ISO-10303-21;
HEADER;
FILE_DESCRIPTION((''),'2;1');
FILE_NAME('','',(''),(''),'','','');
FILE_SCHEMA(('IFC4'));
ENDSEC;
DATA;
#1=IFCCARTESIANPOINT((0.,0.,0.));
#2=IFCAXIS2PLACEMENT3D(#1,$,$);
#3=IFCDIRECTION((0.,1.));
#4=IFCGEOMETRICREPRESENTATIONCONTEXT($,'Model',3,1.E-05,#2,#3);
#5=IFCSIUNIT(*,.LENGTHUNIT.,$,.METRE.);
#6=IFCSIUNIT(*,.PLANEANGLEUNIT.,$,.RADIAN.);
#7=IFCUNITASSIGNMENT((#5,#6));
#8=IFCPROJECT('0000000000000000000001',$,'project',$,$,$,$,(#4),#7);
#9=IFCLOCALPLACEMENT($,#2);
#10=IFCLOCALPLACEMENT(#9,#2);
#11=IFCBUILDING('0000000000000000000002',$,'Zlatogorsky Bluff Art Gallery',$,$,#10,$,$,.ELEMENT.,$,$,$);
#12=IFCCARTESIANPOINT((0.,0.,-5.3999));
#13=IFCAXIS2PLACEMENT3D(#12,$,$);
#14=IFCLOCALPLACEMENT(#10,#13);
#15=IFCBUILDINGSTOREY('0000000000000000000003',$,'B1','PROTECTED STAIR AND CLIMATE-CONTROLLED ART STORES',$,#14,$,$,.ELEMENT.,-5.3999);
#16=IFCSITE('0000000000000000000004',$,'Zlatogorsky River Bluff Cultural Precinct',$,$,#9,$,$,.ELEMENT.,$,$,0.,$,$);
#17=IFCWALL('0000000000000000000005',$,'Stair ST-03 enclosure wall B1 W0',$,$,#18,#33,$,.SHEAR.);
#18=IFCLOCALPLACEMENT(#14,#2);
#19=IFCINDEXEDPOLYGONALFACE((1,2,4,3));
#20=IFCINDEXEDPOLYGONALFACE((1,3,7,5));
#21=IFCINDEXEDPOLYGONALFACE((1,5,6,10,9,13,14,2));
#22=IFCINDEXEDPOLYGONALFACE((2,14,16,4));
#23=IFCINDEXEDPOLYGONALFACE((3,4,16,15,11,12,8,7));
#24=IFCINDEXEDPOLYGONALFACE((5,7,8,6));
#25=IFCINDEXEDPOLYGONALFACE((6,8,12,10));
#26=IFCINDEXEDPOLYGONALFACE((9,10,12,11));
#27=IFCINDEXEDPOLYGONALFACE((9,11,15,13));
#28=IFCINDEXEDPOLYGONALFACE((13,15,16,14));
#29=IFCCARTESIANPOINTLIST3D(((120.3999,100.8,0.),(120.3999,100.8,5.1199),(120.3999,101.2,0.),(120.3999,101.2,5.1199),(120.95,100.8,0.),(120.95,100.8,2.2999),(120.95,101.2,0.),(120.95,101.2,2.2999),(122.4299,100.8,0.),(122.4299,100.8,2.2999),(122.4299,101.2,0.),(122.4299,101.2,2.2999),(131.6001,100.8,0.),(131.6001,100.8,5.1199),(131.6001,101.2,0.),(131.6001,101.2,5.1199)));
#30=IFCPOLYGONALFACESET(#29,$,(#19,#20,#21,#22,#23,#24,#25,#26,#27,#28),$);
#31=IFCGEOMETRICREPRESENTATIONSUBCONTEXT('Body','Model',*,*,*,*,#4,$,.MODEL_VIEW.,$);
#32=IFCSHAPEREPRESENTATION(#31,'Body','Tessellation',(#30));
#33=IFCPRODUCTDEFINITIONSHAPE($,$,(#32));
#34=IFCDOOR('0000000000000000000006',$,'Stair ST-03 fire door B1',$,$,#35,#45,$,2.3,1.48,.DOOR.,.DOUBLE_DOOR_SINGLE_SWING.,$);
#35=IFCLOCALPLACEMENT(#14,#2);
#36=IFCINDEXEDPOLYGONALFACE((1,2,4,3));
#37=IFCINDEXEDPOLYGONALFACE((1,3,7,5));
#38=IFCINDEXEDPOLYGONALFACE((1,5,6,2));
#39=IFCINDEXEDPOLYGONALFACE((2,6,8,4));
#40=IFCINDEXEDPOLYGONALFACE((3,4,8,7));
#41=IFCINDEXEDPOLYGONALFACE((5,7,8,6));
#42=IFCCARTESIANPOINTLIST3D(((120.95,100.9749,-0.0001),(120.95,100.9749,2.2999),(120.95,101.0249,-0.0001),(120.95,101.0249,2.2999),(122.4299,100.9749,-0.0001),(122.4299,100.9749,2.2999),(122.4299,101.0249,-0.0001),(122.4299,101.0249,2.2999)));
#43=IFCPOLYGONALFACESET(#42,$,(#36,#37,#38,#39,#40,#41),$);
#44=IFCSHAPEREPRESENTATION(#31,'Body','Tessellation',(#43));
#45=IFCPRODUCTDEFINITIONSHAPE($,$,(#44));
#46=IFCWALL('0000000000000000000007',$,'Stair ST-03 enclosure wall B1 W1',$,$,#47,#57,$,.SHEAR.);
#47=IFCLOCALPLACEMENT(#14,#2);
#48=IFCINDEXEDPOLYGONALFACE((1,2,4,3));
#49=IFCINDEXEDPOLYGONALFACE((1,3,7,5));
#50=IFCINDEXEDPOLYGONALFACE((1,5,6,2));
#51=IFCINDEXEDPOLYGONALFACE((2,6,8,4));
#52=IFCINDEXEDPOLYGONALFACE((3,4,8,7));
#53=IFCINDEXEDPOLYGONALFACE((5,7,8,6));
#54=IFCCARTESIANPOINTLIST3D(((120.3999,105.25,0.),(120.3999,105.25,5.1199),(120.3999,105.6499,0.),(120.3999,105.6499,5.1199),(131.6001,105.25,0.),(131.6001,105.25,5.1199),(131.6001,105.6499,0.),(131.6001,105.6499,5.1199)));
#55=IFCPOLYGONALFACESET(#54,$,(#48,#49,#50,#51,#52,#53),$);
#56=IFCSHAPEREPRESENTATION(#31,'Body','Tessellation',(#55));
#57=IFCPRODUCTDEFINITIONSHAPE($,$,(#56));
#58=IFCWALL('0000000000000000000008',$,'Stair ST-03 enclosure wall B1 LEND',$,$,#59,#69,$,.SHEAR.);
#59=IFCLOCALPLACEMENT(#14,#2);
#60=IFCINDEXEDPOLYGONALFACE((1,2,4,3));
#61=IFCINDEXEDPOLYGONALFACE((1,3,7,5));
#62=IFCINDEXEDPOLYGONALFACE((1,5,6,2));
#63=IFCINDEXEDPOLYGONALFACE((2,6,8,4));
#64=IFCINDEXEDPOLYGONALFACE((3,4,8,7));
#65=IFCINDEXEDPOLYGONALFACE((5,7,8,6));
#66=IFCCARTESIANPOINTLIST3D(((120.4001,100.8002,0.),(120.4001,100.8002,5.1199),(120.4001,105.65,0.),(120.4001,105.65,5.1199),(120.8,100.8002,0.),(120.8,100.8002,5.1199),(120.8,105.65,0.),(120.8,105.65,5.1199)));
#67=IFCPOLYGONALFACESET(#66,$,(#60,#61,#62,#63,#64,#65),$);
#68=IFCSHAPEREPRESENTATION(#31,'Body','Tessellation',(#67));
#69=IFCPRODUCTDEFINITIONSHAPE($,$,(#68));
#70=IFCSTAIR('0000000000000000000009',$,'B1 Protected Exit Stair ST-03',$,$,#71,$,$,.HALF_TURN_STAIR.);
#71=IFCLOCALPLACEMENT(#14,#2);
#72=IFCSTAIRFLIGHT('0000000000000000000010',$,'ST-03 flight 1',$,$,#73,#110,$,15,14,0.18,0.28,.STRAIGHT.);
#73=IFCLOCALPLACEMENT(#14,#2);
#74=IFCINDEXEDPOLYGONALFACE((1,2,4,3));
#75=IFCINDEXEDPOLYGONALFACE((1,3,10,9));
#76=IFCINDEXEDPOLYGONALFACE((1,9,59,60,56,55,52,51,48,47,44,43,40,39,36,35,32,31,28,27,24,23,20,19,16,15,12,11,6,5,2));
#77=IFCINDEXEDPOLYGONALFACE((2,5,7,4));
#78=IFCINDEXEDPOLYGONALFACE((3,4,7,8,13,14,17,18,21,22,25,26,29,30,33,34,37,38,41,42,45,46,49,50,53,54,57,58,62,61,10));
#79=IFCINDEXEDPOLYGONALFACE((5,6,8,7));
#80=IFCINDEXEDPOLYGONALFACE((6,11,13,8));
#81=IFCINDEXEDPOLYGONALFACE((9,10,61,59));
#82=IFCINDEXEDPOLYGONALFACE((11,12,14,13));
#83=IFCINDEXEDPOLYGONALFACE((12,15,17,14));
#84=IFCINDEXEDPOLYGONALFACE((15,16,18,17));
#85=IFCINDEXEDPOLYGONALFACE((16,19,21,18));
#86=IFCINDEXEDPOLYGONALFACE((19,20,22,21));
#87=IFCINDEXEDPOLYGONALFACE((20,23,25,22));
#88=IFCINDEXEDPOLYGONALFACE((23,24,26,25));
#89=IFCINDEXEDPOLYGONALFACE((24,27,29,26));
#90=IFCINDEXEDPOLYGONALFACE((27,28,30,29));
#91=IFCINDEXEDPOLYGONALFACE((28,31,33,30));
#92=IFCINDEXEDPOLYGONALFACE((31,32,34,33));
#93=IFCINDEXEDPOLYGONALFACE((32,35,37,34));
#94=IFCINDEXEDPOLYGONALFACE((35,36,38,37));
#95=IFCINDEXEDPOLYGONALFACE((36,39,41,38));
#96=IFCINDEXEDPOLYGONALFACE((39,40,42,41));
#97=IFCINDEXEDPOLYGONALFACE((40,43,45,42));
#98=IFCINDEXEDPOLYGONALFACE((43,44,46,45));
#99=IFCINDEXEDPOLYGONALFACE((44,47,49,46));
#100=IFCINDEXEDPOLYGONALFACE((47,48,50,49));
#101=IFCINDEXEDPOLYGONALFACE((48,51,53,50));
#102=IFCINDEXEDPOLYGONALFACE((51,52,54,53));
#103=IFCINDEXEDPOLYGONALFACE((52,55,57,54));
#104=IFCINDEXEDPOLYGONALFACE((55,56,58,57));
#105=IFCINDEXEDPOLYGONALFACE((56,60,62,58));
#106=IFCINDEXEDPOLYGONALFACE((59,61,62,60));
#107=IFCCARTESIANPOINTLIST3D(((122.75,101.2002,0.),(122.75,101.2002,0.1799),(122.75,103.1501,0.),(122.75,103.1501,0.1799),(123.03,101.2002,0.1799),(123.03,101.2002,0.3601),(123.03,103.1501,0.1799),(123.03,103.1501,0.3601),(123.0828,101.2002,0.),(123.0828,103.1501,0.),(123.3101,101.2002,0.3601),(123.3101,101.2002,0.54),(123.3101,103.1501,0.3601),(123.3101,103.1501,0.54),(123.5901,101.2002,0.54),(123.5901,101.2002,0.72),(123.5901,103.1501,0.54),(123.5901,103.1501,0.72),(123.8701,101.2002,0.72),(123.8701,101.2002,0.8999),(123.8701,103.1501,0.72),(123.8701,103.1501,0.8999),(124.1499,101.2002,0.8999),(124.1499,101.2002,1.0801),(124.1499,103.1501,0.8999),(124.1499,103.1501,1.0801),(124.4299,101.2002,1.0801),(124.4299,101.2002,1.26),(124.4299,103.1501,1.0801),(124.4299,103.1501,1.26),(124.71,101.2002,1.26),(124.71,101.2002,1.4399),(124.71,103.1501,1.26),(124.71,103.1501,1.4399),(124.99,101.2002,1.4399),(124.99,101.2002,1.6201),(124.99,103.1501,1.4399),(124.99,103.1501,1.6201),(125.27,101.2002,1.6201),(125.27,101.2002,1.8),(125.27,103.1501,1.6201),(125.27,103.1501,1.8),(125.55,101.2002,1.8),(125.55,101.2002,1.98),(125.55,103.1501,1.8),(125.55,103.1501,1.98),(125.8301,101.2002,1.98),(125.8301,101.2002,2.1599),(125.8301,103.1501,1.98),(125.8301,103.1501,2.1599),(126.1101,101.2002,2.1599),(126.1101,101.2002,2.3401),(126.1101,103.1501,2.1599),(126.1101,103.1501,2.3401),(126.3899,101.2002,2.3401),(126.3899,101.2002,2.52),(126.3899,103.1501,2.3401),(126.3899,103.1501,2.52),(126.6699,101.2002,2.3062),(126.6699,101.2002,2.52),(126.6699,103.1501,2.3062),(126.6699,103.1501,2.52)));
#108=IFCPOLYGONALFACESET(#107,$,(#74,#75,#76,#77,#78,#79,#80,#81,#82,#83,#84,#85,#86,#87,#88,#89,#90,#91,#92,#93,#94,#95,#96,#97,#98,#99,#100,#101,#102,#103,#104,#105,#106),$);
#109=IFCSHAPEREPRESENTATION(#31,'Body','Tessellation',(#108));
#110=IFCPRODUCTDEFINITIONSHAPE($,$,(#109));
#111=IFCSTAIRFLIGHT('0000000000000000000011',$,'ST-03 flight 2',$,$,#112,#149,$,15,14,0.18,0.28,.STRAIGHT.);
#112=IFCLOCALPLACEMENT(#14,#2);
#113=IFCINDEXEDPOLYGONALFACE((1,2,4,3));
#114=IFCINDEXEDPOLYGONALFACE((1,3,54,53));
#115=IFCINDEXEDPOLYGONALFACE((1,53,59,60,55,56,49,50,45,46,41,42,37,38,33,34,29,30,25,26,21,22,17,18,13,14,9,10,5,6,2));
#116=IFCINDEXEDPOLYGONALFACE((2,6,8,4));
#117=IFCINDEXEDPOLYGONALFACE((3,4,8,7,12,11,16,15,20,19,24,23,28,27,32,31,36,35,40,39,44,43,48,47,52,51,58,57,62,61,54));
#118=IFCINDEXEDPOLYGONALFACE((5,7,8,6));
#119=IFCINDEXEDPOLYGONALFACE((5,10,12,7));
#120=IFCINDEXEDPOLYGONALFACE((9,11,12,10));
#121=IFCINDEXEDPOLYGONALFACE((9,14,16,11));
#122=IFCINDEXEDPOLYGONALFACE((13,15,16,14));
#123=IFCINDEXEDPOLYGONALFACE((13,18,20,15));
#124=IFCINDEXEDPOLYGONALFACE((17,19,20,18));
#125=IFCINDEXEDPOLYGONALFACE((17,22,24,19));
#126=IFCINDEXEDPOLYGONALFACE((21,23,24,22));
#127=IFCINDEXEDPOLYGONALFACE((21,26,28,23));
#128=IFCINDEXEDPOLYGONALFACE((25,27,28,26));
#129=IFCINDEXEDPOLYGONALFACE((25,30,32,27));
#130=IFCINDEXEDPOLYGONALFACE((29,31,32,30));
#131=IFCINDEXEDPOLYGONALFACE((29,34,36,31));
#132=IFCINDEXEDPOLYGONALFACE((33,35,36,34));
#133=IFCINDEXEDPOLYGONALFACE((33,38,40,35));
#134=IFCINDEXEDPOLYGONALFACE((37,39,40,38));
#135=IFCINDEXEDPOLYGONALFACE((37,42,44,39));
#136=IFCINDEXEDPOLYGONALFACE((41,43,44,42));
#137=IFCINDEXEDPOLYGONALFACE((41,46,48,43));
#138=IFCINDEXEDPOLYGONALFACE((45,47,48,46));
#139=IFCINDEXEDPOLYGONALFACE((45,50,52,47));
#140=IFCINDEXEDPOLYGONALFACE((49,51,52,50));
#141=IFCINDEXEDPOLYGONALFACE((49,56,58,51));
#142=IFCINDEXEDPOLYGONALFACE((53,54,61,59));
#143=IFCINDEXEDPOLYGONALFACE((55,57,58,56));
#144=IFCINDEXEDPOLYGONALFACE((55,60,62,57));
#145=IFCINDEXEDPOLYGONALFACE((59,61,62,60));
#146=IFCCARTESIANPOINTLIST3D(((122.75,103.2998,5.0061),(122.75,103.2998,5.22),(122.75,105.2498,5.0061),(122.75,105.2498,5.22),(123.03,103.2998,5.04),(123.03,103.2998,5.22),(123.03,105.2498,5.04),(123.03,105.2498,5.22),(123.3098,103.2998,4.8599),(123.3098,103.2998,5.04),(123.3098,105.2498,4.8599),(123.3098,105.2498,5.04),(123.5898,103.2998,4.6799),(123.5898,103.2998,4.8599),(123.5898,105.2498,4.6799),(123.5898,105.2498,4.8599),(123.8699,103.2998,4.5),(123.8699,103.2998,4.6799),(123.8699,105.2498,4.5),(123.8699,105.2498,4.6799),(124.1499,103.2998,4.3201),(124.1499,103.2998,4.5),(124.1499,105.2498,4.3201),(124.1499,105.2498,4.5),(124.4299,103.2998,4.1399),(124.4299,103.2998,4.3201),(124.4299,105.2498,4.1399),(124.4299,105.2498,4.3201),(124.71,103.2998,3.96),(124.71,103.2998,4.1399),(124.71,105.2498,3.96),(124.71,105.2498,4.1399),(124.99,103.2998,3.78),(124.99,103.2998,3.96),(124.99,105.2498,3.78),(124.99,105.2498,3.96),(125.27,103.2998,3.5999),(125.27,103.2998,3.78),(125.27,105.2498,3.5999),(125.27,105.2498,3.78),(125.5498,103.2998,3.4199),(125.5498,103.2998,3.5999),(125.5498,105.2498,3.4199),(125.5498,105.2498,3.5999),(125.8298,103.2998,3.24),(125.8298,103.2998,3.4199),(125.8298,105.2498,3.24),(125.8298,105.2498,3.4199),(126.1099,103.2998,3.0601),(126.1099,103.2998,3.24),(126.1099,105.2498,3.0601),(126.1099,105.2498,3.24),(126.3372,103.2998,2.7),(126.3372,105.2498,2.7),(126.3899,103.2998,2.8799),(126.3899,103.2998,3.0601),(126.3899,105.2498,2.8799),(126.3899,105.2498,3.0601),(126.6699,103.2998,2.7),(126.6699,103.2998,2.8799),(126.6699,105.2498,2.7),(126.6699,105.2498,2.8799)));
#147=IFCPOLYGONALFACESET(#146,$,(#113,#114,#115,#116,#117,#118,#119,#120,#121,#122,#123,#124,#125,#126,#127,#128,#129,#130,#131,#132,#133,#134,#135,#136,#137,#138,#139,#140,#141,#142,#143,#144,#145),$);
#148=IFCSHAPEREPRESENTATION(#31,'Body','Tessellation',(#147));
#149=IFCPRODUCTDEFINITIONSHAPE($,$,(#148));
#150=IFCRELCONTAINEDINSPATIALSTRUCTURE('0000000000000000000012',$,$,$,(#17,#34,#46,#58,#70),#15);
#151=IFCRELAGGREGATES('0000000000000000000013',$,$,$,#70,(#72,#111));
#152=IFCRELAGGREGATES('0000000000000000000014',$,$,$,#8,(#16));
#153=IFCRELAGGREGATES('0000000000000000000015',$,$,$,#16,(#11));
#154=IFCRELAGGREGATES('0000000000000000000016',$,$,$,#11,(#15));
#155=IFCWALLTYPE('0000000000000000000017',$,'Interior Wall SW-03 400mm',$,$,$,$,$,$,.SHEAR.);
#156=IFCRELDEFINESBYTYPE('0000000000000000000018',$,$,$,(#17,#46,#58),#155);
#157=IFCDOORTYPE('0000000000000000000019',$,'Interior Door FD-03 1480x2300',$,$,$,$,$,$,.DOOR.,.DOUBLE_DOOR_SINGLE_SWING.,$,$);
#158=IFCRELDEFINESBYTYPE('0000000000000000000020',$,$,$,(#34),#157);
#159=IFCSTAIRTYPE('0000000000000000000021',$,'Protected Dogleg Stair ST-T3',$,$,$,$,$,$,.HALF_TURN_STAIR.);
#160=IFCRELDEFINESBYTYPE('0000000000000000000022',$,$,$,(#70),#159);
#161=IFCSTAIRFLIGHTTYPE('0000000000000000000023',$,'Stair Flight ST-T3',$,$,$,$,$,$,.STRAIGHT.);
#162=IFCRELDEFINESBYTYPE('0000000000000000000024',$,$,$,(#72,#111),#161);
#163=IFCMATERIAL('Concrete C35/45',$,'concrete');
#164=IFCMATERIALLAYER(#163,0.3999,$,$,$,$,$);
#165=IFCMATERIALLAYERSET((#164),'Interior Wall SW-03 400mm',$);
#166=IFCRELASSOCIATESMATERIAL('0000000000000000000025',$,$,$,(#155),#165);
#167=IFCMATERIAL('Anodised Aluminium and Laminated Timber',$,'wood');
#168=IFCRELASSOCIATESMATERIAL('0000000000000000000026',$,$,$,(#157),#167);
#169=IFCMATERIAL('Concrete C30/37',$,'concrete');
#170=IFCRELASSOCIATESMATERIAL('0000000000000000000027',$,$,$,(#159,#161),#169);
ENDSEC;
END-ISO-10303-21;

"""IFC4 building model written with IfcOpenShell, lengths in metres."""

from ifc_helpers import new_model, si_unit, direction, frame, frame_2d, origin, place, context, subcontext, project, spatial, polyline, rectangle, outline, extrude, material, layer, layer_set, type_object, element, fill, aggregate, save


model = new_model("IFC4")

# Units and contexts
model_context = context("Model", 3, precision=1e-05, world=origin(), true_north=direction((0.0, 1.0)))
body_context = subcontext(model_context, "Body", "Model", "MODEL_VIEW")
ifc_project = project(units=[si_unit("LENGTHUNIT", "METRE"), si_unit("PLANEANGLEUNIT", "RADIAN")], contexts=[model_context])

# Site, building, storey
site_placement = place(None, origin())
site = spatial("IfcSite", under=ifc_project, at=site_placement, Name="Zlatogorsky River Bluff Cultural Precinct", CompositionType="ELEMENT", RefElevation=0.0)
building_placement = place(site_placement, origin())
building = spatial("IfcBuilding", under=site, at=building_placement, Name="Zlatogorsky Bluff Art Gallery", CompositionType="ELEMENT")
storey_placement = place(building_placement, frame((0.0, 0.0, -5.3999)))
storey = spatial("IfcBuildingStorey", under=building, at=storey_placement, Name="B1", Description="PROTECTED STAIR AND CLIMATE-CONTROLLED ART STORES", CompositionType="ELEMENT", Elevation=-5.3999)

# Shared definitions
ifc_material_1 = material(Name="Concrete C35/45", Category="concrete")

# Wall, opening, door
ifc_layer_1 = layer(ifc_material_1, 0.3999)
ifc_layer_set_1 = layer_set([ifc_layer_1], Name="Interior Wall SW-03 400mm")
wall_type_1 = type_object("IfcWallType", Name="Interior Wall SW-03 400mm", PredefinedType="SHEAR", material=ifc_layer_set_1)
wall_1_placement = place(storey_placement, frame((120.3999, 101.0, 0.0), z_axis=(0.0, 0.0, 1.0), x_axis=(1.0, 0.0, 0.0)))
wall_1 = element("IfcWall", 1, at=wall_1_placement, inside=storey, type_object=wall_type_1, Name="Stair ST-03 enclosure wall B1 W0", PredefinedType="SHEAR", context=body_context, shape_type="SweptSolid", body=[
    extrude(rectangle(XDim=11.2002, YDim=0.3999, at=frame_2d((5.6001, 0.0))), origin(), (0.0, 0.0, 1.0), 5.1199),
])
opening_placement = place(wall_1_placement, frame((0.55, 0.0, 0.0)))
opening = element("IfcOpeningElement", 2, at=opening_placement, cuts=wall_1, PredefinedType="OPENING", context=body_context, shape_type="SweptSolid", body=[
    extrude(rectangle(XDim=1.48, YDim=2.3, at=frame_2d((0.74, 1.1499))), frame((0.0, 0.21, 0.0), z_axis=(0.0, -1.0, 0.0), x_axis=(1.0, 0.0, 0.0)), (0.0, 0.0, 1.0), 0.4199),
])
ifc_material_2 = material(Name="Anodised Aluminium and Laminated Timber", Category="wood")
door_type = type_object("IfcDoorType", Name="Interior Door FD-03 1480x2300", OperationType="DOUBLE_DOOR_SINGLE_SWING", PredefinedType="DOOR", material=ifc_material_2)
door_placement = place(opening_placement, origin())
door = element("IfcDoor", 3, at=door_placement, inside=storey, type_object=door_type, Name="Stair ST-03 fire door B1", OperationType="DOUBLE_DOOR_SINGLE_SWING", OverallHeight=2.3, OverallWidth=1.48, PredefinedType="DOOR", context=body_context, shape_type="SweptSolid", body=[
    extrude(rectangle(XDim=1.48, YDim=2.3, at=frame_2d((0.74, 1.1499))), frame((0.0, 0.0249, 0.0), z_axis=(0.0, -1.0, 0.0), x_axis=(1.0, 0.0, 0.0)), (0.0, 0.0, 1.0), 0.05),
])
fill(opening, door)

# Walls
wall_2_placement = place(storey_placement, frame((131.6001, 105.45, 0.0), z_axis=(0.0, 0.0, 1.0), x_axis=(-1.0, 0.0, 0.0)))
element("IfcWall", 4, at=wall_2_placement, inside=storey, type_object=wall_type_1, Name="Stair ST-03 enclosure wall B1 W1", PredefinedType="SHEAR", context=body_context, shape_type="SweptSolid", body=[
    extrude(rectangle(XDim=11.2002, YDim=0.3999, at=frame_2d((5.6001, 0.0))), origin(), (0.0, 0.0, 1.0), 5.1199),
])
wall_3_placement = place(storey_placement, frame((120.6001, 105.6499, 0.0), z_axis=(0.0, 0.0, 1.0), x_axis=(0.0, -1.0, 0.0)))
element("IfcWall", 5, at=wall_3_placement, inside=storey, type_object=wall_type_1, Name="Stair ST-03 enclosure wall B1 LEND", PredefinedType="SHEAR", context=body_context, shape_type="SweptSolid", body=[
    extrude(rectangle(XDim=4.8499, YDim=0.3999, at=frame_2d((2.4248, 0.0))), origin(), (0.0, 0.0, 1.0), 5.1199),
])

# Stair, stair flights
ifc_material_3 = material(Name="Concrete C30/37", Category="concrete")
stair_type = type_object("IfcStairType", Name="Protected Dogleg Stair ST-T3", PredefinedType="HALF_TURN_STAIR", material=ifc_material_3)
stair_placement = place(storey_placement, origin())
stair = element("IfcStair", 6, at=stair_placement, inside=storey, type_object=stair_type, Name="B1 Protected Exit Stair ST-03", PredefinedType="HALF_TURN_STAIR")
stair_flight_type = type_object("IfcStairFlightType", Name="Stair Flight ST-T3", PredefinedType="STRAIGHT", material=ifc_material_3)
stair_flight_1_placement = place(storey_placement, frame((122.75, 102.175, 0.0), z_axis=(0.0, 0.0, 1.0), x_axis=(1.0, 0.0, 0.0)))
stair_flight_1 = element("IfcStairFlight", 7, at=stair_flight_1_placement, type_object=stair_flight_type, Name="ST-03 flight 1", NumberOfRisers=15, NumberOfTreads=14, PredefinedType="STRAIGHT", RiserHeight=0.18, TreadLength=0.28, context=body_context, shape_type="SweptSolid", body=[
    extrude(outline(polyline([(0.0, 0.0), (0.0, 0.1799), (0.28, 0.1799), (0.28, 0.3601), (0.5601, 0.3601), (0.5601, 0.54), (0.8401, 0.54), (0.8401, 0.72), (1.1201, 0.72), (1.1201, 0.8999), (1.3999, 0.8999), (1.3999, 1.0801), (1.6799, 1.0801), (1.6799, 1.26), (1.96, 1.26), (1.96, 1.4399), (2.24, 1.4399), (2.24, 1.6201), (2.52, 1.6201), (2.52, 1.8), (2.8, 1.8), (2.8, 1.98), (3.0801, 1.98), (3.0801, 2.1599), (3.3601, 2.1599), (3.3601, 2.3401), (3.6399, 2.3401), (3.6399, 2.52), (3.9199, 2.52), (3.9199, 2.7), (3.9199, 2.3062), (0.3328, 0.0), (0.0, 0.0)])), frame((0.0, 0.9751, 0.0), z_axis=(0.0, -1.0, 0.0), x_axis=(1.0, 0.0, 0.0)), (0.0, 0.0, 1.0), 1.95),
])
stair_flight_2_placement = place(storey_placement, frame((126.6699, 104.2749, 2.7), z_axis=(0.0, 0.0, 1.0), x_axis=(-1.0, 0.0, 0.0)))
stair_flight_2 = element("IfcStairFlight", 8, at=stair_flight_2_placement, type_object=stair_flight_type, Name="ST-03 flight 2", NumberOfRisers=15, NumberOfTreads=14, PredefinedType="STRAIGHT", RiserHeight=0.18, TreadLength=0.28, context=body_context, shape_type="SweptSolid", body=[
    extrude(outline(polyline([(0.0, 0.0), (0.0, 0.1799), (0.28, 0.1799), (0.28, 0.3601), (0.5601, 0.3601), (0.5601, 0.54), (0.8401, 0.54), (0.8401, 0.72), (1.1201, 0.72), (1.1201, 0.8999), (1.3999, 0.8999), (1.3999, 1.0801), (1.6799, 1.0801), (1.6799, 1.26), (1.96, 1.26), (1.96, 1.4399), (2.24, 1.4399), (2.24, 1.6201), (2.52, 1.6201), (2.52, 1.8), (2.8, 1.8), (2.8, 1.98), (3.0801, 1.98), (3.0801, 2.1599), (3.3601, 2.1599), (3.3601, 2.3401), (3.6399, 2.3401), (3.6399, 2.52), (3.9199, 2.52), (3.9199, 2.7), (3.9199, 2.3062), (0.3328, 0.0), (0.0, 0.0)])), frame((0.0, 0.9751, 0.0), z_axis=(0.0, -1.0, 0.0), x_axis=(1.0, 0.0, 0.0)), (0.0, 0.0, 1.0), 1.95),
])
aggregate(stair, [stair_flight_1, stair_flight_2])

save(model, "model.ifc")
